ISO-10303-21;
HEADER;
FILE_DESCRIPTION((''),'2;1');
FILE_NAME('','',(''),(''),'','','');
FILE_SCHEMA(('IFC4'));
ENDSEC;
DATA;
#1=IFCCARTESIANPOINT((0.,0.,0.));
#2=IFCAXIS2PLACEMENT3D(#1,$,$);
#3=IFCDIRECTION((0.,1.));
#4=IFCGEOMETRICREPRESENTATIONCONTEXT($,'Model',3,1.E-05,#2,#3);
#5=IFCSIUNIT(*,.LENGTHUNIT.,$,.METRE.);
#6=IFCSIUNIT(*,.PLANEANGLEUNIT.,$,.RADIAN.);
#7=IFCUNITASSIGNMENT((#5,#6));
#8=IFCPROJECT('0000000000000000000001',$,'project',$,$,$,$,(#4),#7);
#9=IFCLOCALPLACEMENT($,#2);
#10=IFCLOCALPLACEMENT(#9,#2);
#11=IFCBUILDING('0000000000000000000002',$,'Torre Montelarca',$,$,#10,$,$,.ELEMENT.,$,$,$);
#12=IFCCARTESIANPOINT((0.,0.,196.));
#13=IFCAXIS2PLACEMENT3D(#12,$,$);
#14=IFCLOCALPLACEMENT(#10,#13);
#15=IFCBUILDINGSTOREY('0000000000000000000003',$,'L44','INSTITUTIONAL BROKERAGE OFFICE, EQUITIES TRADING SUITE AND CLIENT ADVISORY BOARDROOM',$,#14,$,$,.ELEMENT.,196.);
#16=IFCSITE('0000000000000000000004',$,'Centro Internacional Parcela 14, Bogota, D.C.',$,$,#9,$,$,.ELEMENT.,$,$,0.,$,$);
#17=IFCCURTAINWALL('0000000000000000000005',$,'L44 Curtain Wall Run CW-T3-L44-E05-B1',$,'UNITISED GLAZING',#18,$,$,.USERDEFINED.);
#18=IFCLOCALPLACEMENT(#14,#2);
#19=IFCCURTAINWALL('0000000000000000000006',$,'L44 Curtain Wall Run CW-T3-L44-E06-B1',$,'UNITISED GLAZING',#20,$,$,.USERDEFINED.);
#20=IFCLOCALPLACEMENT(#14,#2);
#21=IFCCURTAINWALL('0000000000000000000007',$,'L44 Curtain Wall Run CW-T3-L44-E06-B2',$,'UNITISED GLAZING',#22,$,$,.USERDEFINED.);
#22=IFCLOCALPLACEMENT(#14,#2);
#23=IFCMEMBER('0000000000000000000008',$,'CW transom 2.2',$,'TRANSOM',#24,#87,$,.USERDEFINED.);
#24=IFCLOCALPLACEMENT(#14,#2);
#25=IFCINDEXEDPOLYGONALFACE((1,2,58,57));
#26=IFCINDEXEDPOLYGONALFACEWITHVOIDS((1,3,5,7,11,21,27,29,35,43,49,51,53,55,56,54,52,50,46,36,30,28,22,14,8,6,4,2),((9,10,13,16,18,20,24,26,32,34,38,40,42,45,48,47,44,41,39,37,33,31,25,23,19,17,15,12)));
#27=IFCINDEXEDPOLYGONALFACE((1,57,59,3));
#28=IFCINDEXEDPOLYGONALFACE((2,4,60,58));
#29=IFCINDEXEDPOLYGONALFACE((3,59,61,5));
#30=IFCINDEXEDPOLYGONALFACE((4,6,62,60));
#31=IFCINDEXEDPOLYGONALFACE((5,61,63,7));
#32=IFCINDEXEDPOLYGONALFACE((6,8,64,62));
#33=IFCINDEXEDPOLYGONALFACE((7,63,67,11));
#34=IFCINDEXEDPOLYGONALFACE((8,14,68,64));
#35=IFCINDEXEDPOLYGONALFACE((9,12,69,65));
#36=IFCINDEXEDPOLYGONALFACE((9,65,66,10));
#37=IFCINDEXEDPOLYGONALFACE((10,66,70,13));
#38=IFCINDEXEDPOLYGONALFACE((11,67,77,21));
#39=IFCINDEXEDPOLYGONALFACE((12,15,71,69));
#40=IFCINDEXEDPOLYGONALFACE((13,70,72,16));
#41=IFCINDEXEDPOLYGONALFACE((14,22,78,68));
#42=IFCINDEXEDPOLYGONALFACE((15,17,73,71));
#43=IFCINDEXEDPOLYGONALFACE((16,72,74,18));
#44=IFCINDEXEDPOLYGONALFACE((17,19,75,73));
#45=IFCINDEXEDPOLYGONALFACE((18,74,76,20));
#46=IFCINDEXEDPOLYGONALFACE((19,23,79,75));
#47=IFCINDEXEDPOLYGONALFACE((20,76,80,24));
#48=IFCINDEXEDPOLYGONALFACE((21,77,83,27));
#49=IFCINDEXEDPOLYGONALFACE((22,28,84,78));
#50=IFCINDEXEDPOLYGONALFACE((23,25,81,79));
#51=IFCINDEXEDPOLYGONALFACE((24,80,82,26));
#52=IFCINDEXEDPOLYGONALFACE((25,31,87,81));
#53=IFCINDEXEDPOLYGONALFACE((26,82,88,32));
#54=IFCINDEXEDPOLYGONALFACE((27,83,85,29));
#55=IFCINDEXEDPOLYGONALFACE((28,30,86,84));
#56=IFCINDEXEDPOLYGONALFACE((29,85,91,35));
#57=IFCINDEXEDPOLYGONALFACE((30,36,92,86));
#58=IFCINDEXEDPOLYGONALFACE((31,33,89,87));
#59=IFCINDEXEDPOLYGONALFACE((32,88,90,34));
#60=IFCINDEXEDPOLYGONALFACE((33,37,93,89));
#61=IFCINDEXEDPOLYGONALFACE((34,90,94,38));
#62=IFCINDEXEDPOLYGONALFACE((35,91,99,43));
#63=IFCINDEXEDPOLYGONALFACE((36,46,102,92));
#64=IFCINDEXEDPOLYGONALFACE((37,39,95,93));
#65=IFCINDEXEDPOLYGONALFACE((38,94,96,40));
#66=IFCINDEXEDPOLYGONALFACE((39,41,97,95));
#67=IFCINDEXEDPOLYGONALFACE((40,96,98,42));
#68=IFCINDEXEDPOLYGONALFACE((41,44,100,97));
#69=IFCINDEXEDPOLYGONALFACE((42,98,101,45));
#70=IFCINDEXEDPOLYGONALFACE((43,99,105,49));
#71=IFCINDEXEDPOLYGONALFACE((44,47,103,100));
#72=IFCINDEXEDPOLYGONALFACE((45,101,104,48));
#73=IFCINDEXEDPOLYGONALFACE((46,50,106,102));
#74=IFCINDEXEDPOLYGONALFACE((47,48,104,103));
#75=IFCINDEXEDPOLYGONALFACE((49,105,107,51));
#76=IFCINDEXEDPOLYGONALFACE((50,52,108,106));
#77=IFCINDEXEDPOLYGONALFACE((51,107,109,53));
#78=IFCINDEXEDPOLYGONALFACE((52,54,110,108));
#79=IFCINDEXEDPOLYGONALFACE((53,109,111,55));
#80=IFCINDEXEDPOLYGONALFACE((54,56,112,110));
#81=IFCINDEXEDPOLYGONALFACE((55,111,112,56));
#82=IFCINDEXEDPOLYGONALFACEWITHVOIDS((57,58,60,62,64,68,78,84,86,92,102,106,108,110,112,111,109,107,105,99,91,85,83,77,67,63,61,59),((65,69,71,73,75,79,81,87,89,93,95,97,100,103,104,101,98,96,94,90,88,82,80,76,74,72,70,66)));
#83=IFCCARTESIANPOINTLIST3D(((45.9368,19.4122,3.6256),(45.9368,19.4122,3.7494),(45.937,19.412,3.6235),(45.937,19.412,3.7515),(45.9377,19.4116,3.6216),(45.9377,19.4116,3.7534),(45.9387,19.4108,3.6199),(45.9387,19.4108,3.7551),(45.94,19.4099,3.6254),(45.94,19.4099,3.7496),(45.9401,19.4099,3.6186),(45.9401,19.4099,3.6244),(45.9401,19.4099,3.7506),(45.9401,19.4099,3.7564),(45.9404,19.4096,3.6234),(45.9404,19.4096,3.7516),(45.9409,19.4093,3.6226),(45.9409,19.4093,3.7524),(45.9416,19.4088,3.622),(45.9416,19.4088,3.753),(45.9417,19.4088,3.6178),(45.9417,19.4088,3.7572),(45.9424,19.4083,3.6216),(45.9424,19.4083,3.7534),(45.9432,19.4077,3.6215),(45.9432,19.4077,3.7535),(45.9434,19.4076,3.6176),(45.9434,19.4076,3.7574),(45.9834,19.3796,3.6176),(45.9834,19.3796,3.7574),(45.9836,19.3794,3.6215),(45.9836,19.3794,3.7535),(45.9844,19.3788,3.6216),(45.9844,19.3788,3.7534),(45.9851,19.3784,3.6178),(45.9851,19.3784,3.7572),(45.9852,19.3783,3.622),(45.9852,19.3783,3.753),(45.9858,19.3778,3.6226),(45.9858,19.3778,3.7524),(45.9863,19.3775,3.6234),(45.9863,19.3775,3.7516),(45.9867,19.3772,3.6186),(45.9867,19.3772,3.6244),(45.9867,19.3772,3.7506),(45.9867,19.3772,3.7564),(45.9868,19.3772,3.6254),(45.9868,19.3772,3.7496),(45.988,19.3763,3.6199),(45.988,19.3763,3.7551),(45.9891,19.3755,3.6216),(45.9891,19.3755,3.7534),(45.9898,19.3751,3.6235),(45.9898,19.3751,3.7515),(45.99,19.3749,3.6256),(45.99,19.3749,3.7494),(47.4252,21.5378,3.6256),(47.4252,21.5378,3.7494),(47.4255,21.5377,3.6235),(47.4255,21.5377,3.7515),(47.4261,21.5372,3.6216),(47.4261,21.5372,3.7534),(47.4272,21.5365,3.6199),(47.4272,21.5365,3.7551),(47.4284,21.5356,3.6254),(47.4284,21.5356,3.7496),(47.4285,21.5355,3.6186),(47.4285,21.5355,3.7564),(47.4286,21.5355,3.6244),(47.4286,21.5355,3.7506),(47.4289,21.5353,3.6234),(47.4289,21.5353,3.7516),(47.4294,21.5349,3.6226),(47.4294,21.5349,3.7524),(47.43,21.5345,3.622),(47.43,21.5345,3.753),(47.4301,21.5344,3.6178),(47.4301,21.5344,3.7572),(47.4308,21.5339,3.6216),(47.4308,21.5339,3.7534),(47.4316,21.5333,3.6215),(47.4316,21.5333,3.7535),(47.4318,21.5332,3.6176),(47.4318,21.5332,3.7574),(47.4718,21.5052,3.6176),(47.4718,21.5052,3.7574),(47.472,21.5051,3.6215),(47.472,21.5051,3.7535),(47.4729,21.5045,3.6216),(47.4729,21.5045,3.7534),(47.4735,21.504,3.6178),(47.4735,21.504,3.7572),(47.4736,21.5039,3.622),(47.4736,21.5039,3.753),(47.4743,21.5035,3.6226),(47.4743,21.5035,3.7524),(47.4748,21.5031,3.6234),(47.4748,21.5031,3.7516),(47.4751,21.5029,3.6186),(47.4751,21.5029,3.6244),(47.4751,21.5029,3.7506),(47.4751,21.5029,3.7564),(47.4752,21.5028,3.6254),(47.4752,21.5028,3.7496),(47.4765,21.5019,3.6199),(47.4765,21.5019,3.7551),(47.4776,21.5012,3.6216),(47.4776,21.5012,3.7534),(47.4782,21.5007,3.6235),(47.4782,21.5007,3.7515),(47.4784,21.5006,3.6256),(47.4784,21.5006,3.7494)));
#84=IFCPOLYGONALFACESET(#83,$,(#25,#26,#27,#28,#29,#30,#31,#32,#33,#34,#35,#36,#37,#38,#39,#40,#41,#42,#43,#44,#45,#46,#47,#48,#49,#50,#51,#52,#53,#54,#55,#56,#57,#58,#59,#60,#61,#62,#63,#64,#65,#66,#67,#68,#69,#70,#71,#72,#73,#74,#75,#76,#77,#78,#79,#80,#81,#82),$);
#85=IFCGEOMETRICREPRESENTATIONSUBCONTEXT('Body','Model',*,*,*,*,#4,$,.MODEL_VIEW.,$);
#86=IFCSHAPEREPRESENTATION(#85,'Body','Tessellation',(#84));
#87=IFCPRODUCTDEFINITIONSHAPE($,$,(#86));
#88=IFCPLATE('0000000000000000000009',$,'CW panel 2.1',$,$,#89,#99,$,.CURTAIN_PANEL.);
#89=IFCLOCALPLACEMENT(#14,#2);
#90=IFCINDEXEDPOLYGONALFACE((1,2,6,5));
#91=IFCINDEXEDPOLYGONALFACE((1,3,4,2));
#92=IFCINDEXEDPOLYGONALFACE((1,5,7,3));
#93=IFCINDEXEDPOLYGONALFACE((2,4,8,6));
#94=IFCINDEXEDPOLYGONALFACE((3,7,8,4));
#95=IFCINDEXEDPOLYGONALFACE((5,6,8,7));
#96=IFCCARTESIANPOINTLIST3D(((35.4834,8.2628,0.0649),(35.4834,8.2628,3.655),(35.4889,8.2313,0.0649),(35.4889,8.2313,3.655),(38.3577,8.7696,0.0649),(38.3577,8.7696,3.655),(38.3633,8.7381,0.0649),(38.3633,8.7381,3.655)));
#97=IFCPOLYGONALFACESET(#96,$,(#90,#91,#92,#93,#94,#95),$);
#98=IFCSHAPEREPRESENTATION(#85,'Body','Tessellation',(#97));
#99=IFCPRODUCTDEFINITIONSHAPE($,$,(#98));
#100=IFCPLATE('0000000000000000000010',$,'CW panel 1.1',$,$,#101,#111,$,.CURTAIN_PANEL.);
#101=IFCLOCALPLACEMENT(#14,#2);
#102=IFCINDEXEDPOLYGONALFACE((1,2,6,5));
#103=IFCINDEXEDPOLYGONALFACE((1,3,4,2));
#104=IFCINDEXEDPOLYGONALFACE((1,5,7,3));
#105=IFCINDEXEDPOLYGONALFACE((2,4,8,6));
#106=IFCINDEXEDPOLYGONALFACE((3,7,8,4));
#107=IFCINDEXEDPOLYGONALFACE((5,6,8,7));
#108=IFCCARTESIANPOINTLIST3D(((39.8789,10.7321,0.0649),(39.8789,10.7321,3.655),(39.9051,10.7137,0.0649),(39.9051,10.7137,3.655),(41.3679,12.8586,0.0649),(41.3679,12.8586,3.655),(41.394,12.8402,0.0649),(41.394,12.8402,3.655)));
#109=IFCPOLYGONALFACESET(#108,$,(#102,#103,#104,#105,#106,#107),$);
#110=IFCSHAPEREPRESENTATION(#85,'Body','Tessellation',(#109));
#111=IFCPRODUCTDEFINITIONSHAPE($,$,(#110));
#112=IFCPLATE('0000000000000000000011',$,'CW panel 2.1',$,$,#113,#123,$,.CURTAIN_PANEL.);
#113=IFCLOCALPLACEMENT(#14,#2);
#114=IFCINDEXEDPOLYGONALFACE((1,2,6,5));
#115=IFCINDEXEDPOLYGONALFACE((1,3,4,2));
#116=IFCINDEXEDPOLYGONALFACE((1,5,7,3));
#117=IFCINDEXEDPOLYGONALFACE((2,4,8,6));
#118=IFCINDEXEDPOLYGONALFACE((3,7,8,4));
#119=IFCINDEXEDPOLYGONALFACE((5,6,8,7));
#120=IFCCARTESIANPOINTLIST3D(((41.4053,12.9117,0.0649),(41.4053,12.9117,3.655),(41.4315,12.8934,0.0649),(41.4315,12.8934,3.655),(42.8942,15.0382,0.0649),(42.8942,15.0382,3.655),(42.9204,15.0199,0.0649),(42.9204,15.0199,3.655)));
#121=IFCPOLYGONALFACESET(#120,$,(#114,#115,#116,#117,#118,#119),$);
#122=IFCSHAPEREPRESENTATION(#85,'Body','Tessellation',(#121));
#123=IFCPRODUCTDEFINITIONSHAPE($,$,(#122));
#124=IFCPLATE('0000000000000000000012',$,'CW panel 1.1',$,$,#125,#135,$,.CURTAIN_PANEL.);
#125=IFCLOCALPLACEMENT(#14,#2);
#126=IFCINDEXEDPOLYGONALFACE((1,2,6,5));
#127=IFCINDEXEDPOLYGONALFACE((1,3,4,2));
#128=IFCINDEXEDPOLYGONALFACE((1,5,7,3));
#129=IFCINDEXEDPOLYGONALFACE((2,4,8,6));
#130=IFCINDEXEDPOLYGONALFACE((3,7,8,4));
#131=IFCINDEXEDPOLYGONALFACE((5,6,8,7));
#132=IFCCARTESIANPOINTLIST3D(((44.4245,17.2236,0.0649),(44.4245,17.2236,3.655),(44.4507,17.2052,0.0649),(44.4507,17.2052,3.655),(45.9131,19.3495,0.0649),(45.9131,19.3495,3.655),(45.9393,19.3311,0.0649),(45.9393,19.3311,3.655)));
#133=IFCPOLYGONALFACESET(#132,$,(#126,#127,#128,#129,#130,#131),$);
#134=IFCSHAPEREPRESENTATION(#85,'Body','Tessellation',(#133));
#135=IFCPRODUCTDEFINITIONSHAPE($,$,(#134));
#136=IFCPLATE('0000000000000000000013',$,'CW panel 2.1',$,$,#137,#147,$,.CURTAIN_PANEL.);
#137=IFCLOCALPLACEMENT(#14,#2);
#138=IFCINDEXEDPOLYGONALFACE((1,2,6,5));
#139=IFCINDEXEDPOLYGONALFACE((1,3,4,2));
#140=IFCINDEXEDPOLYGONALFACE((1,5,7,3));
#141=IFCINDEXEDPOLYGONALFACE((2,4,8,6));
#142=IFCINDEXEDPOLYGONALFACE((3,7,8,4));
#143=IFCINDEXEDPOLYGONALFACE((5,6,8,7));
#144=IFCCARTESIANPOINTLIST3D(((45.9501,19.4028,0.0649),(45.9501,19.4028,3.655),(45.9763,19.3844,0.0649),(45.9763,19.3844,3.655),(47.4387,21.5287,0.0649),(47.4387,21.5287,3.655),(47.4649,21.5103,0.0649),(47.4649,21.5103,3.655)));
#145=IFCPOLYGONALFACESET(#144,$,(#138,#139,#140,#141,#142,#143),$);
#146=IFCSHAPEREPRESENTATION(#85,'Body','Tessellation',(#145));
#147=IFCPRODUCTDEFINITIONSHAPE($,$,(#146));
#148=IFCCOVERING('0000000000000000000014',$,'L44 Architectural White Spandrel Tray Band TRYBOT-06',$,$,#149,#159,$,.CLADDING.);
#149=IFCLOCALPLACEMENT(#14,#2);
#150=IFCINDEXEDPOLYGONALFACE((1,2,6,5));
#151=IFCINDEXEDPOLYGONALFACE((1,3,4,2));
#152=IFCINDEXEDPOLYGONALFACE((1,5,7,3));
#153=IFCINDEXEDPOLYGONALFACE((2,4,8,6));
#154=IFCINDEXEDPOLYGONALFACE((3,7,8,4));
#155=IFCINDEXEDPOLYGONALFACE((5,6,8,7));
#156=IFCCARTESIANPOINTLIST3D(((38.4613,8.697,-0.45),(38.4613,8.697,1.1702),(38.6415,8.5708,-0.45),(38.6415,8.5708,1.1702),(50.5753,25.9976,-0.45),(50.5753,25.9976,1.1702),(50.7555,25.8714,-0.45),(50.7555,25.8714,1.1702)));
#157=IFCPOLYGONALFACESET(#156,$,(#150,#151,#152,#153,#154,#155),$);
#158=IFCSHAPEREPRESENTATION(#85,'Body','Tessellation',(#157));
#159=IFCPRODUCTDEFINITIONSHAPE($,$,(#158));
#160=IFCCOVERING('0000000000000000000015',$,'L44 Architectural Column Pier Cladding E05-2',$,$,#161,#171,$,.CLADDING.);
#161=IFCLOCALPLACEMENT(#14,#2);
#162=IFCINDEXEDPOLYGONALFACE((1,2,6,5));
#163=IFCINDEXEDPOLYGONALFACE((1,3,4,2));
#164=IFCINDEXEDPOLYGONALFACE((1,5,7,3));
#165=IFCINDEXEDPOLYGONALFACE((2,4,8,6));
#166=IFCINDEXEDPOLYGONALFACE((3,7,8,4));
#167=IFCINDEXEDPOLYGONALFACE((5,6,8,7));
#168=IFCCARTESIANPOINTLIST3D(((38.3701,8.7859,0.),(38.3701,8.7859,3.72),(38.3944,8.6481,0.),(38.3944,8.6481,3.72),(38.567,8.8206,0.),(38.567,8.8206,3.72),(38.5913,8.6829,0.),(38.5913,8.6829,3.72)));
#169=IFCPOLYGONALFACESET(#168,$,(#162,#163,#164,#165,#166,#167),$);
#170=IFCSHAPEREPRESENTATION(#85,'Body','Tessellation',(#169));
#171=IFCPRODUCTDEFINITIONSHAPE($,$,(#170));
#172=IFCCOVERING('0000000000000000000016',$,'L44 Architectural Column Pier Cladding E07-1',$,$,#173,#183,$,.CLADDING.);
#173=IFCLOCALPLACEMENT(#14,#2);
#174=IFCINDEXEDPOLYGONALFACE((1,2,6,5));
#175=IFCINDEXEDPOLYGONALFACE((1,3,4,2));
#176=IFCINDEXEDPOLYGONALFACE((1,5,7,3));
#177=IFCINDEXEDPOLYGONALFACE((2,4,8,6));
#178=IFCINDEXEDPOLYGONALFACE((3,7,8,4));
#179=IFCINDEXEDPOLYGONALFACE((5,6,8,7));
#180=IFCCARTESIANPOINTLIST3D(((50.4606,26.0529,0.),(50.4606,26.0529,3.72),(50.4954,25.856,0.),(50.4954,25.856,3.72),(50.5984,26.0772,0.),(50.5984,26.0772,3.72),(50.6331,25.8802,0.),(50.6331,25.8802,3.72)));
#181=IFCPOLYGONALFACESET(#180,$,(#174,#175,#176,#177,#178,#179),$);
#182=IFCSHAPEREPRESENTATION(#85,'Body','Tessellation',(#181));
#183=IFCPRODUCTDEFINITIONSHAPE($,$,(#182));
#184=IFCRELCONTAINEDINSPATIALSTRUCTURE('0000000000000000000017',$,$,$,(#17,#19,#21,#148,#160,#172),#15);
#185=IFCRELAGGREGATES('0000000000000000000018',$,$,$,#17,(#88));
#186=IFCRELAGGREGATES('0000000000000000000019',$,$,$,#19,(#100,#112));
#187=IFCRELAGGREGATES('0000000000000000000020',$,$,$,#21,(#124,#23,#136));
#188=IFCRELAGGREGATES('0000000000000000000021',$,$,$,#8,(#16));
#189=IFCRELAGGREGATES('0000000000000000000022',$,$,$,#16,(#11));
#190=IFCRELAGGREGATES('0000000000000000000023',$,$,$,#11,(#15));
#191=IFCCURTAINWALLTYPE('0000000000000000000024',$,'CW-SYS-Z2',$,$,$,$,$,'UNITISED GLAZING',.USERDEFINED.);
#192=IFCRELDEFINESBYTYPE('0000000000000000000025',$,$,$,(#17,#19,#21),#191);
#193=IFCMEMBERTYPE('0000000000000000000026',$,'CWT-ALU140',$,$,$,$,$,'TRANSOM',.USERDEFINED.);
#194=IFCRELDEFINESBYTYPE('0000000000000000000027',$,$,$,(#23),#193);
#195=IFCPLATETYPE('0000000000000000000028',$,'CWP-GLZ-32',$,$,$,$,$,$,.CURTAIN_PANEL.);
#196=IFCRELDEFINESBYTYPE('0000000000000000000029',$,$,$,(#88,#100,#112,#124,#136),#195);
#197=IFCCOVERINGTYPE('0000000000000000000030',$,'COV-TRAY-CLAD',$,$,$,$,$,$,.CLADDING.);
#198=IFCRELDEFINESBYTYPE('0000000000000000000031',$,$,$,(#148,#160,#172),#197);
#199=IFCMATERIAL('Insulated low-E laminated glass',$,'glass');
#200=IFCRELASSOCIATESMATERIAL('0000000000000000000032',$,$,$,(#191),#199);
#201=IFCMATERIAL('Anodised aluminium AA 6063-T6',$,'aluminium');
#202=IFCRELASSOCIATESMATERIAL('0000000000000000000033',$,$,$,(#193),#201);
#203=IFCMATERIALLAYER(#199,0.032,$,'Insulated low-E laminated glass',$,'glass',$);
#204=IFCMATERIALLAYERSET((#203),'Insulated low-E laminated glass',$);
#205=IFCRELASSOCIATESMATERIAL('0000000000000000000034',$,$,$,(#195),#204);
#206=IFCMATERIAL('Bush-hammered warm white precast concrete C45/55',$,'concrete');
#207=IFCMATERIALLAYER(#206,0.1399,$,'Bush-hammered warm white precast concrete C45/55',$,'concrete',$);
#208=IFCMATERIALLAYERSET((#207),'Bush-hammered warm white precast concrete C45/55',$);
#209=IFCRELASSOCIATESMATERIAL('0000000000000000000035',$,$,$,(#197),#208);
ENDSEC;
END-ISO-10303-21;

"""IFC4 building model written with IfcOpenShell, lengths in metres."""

from ifc_helpers import new_model, si_unit, direction, frame, origin, origin_2d, place, context, subcontext, project, spatial, rectangle, hollow_rectangle, extrude, source, transform, mapped, material, layer, layer_set, material_profile, profile_set, type_object, element, aggregate, save


model = new_model("IFC4")

# Units and contexts
model_context = context("Model", 3, precision=1e-05, world=origin(), true_north=direction((0.0, 1.0)))
body_context = subcontext(model_context, "Body", "Model", "MODEL_VIEW")
ifc_project = project(units=[si_unit("LENGTHUNIT", "METRE"), si_unit("PLANEANGLEUNIT", "RADIAN")], contexts=[model_context])

# Site, building, storey
site_placement = place(None, origin())
site = spatial("IfcSite", under=ifc_project, at=site_placement, Name="Centro Internacional Parcela 14, Bogota, D.C.", CompositionType="ELEMENT", RefElevation=0.0)
building_placement = place(site_placement, origin())
building = spatial("IfcBuilding", under=site, at=building_placement, Name="Torre Montelarca", CompositionType="ELEMENT")
storey_placement = place(building_placement, frame((0.0, 0.0, 196.0)))
storey = spatial("IfcBuildingStorey", under=building, at=storey_placement, Name="L44", Description="INSTITUTIONAL BROKERAGE OFFICE, EQUITIES TRADING SUITE AND CLIENT ADVISORY BOARDROOM", CompositionType="ELEMENT", Elevation=196.0)

# Curtain wall
ifc_material_1 = material(Name="Insulated low-E laminated glass", Category="glass")
curtain_wall_type = type_object("IfcCurtainWallType", Name="CW-SYS-Z2", ElementType="UNITISED GLAZING", PredefinedType="USERDEFINED", material=ifc_material_1)
curtain_wall_1_placement = place(storey_placement, origin())
curtain_wall_1 = element("IfcCurtainWall", 1, at=curtain_wall_1_placement, inside=storey, type_object=curtain_wall_type, Name="L44 Curtain Wall Run CW-T3-L44-E05-B1", ObjectType="UNITISED GLAZING", PredefinedType="USERDEFINED")
ifc_material_2 = material(Name="Anodised aluminium AA 6063-T6", Category="aluminium")
ifc_material_profile_1 = material_profile(ifc_material_2, hollow_rectangle(XDim=0.0649, YDim=0.1399, WallThickness=0.0039, InnerFilletRadius=0.0039, OuterFilletRadius=0.0081, at=origin_2d()), Name="ALU65X140X4", Category="aluminium")
ifc_profile_set_1 = profile_set([ifc_material_profile_1], Name="Anodised aluminium AA 6063-T6")
member_type_1 = type_object("IfcMemberType", Name="CWT-ALU140", ElementType="TRANSOM", PredefinedType="USERDEFINED", material=ifc_profile_set_1)

# Curtain walls
curtain_wall_2_placement = place(storey_placement, origin())
curtain_wall_2 = element("IfcCurtainWall", 2, at=curtain_wall_2_placement, inside=storey, type_object=curtain_wall_type, Name="L44 Curtain Wall Run CW-T3-L44-E06-B1", ObjectType="UNITISED GLAZING", PredefinedType="USERDEFINED")
curtain_wall_3_placement = place(storey_placement, origin())
curtain_wall_3 = element("IfcCurtainWall", 3, at=curtain_wall_3_placement, inside=storey, type_object=curtain_wall_type, Name="L44 Curtain Wall Run CW-T3-L44-E06-B2", ObjectType="UNITISED GLAZING", PredefinedType="USERDEFINED")

# Member
shared_shape_1 = source(origin(), body_context, "Body", "SweptSolid", [
    extrude(hollow_rectangle(XDim=0.0649, YDim=0.1399, WallThickness=0.0039, InnerFilletRadius=0.0039, OuterFilletRadius=0.0081, at=origin_2d()), origin(), (0.0, 0.0, 1.0), 2.595),
])
member_1_placement = place(storey_placement, frame((45.9634, 19.3936, 3.6875), z_axis=(0.573595, 0.819139, 0.0), x_axis=(-0.819139, 0.573595, 0.0)))
member_1 = element("IfcMember", 4, at=member_1_placement, type_object=member_type_1, Name="CW transom 2.2", ObjectType="TRANSOM", PredefinedType="USERDEFINED", context=body_context, shape_type="MappedRepresentation", body=[
    mapped(shared_shape_1, transform((0.0, 0.0, 0.0), scale=1.0)),
])

# Plates
ifc_layer_1 = layer(ifc_material_1, 0.032, Name="Insulated low-E laminated glass", Category="glass")
ifc_layer_set_1 = layer_set([ifc_layer_1], Name="Insulated low-E laminated glass")
plate_type = type_object("IfcPlateType", Name="CWP-GLZ-32", PredefinedType="CURTAIN_PANEL", material=ifc_layer_set_1)
shared_shape_2 = source(origin(), body_context, "Body", "SweptSolid", [
    extrude(rectangle(XDim=2.9187, YDim=0.032, at=origin_2d()), origin(), (0.0, 0.0, 1.0), 3.5901),
])
plate_1_placement = place(storey_placement, frame((36.9233, 8.5005, 0.0649), z_axis=(0.0, 0.0, 1.0), x_axis=(0.98481, 0.173634, 0.0)))
plate_1 = element("IfcPlate", 5, at=plate_1_placement, type_object=plate_type, Name="CW panel 2.1", PredefinedType="CURTAIN_PANEL", context=body_context, shape_type="MappedRepresentation", body=[
    mapped(shared_shape_2, transform((0.0, 0.0, 0.0), scale=1.0)),
])
aggregate(curtain_wall_1, [plate_1])
shared_shape_3 = source(origin(), body_context, "Body", "SweptSolid", [
    extrude(rectangle(XDim=2.5959, YDim=0.032, at=origin_2d()), origin(), (0.0, 0.0, 1.0), 3.5901),
])
plate_2_placement = place(storey_placement, frame((40.6365, 11.7861, 0.0649), z_axis=(0.0, 0.0, 1.0), x_axis=(0.573567, 0.819159, 0.0)))
plate_2 = element("IfcPlate", 6, at=plate_2_placement, type_object=plate_type, Name="CW panel 1.1", PredefinedType="CURTAIN_PANEL", context=body_context, shape_type="MappedRepresentation", body=[
    mapped(shared_shape_3, transform((0.0, 0.0, 0.0), scale=1.0)),
])
plate_3_placement = place(storey_placement, frame((42.1628, 13.9658, 0.0649), z_axis=(0.0, 0.0, 1.0), x_axis=(0.573567, 0.819159, 0.0)))
plate_3 = element("IfcPlate", 7, at=plate_3_placement, type_object=plate_type, Name="CW panel 2.1", PredefinedType="CURTAIN_PANEL", context=body_context, shape_type="MappedRepresentation", body=[
    mapped(shared_shape_3, transform((0.0, 0.0, 0.0), scale=1.0)),
])
aggregate(curtain_wall_2, [plate_2, plate_3])
shared_shape_4 = source(origin(), body_context, "Body", "SweptSolid", [
    extrude(rectangle(XDim=2.5952, YDim=0.032, at=origin_2d()), origin(), (0.0, 0.0, 1.0), 3.5901),
])
plate_4_placement = place(storey_placement, frame((45.1819, 18.2773, 0.0649), z_axis=(0.0, 0.0, 1.0), x_axis=(0.573573, 0.819154, 0.0)))
plate_4 = element("IfcPlate", 8, at=plate_4_placement, type_object=plate_type, Name="CW panel 1.1", PredefinedType="CURTAIN_PANEL", context=body_context, shape_type="MappedRepresentation", body=[
    mapped(shared_shape_4, transform((0.0, 0.0, 0.0), scale=1.0)),
])
plate_5_placement = place(storey_placement, frame((46.7075, 20.4565, 0.0649), z_axis=(0.0, 0.0, 1.0), x_axis=(0.573573, 0.819154, 0.0)))
plate_5 = element("IfcPlate", 9, at=plate_5_placement, type_object=plate_type, Name="CW panel 2.1", PredefinedType="CURTAIN_PANEL", context=body_context, shape_type="MappedRepresentation", body=[
    mapped(shared_shape_4, transform((0.0, 0.0, 0.0), scale=1.0)),
])
aggregate(curtain_wall_3, [plate_4, member_1, plate_5])

# Coverings
ifc_material_3 = material(Name="Bush-hammered warm white precast concrete C45/55", Category="concrete")
ifc_layer_2 = layer(ifc_material_3, 0.1399, Name="Bush-hammered warm white precast concrete C45/55", Category="concrete")
ifc_layer_set_2 = layer_set([ifc_layer_2], Name="Bush-hammered warm white precast concrete C45/55")
covering_type = type_object("IfcCoveringType", Name="COV-TRAY-CLAD", PredefinedType="CLADDING", material=ifc_layer_set_2)
shared_shape_5 = source(origin(), body_context, "Body", "SweptSolid", [
    extrude(rectangle(XDim=21.1201, YDim=0.22, at=origin_2d()), origin(), (0.0, 0.0, 1.0), 1.6201),
])
covering_1_placement = place(storey_placement, frame((44.6084, 17.2842, -0.45), z_axis=(0.0, 0.0, 1.0), x_axis=(0.573576, 0.819152, 0.0)))
element("IfcCovering", 10, at=covering_1_placement, inside=storey, type_object=covering_type, Name="L44 Architectural White Spandrel Tray Band TRYBOT-06", PredefinedType="CLADDING", context=body_context, shape_type="MappedRepresentation", body=[
    mapped(shared_shape_5, transform((0.0, 0.0, 0.0), scale=1.0)),
])
shared_shape_6 = source(origin(), body_context, "Body", "SweptSolid", [
    extrude(rectangle(XDim=0.2, YDim=0.1399, at=origin_2d()), origin(), (0.0, 0.0, 1.0), 3.72),
])
for number, where, z_axis, x_axis, name in (
    (11, (38.4807, 8.7344, 0.0), (0.0, 0.0, 1.0), (0.984808, 0.173645, 0.0), "L44 Architectural Column Pier Cladding E05-2"),
    (12, (50.5469, 25.9666, 0.0), (0.0, 0.0, 1.0), (-0.173645, 0.984808, 0.0), "L44 Architectural Column Pier Cladding E07-1"),
):
    element("IfcCovering", number, at=place(storey_placement, frame(where, z_axis=z_axis, x_axis=x_axis)), inside=storey, type_object=covering_type, Name=name, PredefinedType="CLADDING", context=body_context, shape_type="MappedRepresentation", body=[
        mapped(shared_shape_6, transform((0.0, 0.0, 0.0), scale=1.0)),
    ])

save(model, "model.ifc")
